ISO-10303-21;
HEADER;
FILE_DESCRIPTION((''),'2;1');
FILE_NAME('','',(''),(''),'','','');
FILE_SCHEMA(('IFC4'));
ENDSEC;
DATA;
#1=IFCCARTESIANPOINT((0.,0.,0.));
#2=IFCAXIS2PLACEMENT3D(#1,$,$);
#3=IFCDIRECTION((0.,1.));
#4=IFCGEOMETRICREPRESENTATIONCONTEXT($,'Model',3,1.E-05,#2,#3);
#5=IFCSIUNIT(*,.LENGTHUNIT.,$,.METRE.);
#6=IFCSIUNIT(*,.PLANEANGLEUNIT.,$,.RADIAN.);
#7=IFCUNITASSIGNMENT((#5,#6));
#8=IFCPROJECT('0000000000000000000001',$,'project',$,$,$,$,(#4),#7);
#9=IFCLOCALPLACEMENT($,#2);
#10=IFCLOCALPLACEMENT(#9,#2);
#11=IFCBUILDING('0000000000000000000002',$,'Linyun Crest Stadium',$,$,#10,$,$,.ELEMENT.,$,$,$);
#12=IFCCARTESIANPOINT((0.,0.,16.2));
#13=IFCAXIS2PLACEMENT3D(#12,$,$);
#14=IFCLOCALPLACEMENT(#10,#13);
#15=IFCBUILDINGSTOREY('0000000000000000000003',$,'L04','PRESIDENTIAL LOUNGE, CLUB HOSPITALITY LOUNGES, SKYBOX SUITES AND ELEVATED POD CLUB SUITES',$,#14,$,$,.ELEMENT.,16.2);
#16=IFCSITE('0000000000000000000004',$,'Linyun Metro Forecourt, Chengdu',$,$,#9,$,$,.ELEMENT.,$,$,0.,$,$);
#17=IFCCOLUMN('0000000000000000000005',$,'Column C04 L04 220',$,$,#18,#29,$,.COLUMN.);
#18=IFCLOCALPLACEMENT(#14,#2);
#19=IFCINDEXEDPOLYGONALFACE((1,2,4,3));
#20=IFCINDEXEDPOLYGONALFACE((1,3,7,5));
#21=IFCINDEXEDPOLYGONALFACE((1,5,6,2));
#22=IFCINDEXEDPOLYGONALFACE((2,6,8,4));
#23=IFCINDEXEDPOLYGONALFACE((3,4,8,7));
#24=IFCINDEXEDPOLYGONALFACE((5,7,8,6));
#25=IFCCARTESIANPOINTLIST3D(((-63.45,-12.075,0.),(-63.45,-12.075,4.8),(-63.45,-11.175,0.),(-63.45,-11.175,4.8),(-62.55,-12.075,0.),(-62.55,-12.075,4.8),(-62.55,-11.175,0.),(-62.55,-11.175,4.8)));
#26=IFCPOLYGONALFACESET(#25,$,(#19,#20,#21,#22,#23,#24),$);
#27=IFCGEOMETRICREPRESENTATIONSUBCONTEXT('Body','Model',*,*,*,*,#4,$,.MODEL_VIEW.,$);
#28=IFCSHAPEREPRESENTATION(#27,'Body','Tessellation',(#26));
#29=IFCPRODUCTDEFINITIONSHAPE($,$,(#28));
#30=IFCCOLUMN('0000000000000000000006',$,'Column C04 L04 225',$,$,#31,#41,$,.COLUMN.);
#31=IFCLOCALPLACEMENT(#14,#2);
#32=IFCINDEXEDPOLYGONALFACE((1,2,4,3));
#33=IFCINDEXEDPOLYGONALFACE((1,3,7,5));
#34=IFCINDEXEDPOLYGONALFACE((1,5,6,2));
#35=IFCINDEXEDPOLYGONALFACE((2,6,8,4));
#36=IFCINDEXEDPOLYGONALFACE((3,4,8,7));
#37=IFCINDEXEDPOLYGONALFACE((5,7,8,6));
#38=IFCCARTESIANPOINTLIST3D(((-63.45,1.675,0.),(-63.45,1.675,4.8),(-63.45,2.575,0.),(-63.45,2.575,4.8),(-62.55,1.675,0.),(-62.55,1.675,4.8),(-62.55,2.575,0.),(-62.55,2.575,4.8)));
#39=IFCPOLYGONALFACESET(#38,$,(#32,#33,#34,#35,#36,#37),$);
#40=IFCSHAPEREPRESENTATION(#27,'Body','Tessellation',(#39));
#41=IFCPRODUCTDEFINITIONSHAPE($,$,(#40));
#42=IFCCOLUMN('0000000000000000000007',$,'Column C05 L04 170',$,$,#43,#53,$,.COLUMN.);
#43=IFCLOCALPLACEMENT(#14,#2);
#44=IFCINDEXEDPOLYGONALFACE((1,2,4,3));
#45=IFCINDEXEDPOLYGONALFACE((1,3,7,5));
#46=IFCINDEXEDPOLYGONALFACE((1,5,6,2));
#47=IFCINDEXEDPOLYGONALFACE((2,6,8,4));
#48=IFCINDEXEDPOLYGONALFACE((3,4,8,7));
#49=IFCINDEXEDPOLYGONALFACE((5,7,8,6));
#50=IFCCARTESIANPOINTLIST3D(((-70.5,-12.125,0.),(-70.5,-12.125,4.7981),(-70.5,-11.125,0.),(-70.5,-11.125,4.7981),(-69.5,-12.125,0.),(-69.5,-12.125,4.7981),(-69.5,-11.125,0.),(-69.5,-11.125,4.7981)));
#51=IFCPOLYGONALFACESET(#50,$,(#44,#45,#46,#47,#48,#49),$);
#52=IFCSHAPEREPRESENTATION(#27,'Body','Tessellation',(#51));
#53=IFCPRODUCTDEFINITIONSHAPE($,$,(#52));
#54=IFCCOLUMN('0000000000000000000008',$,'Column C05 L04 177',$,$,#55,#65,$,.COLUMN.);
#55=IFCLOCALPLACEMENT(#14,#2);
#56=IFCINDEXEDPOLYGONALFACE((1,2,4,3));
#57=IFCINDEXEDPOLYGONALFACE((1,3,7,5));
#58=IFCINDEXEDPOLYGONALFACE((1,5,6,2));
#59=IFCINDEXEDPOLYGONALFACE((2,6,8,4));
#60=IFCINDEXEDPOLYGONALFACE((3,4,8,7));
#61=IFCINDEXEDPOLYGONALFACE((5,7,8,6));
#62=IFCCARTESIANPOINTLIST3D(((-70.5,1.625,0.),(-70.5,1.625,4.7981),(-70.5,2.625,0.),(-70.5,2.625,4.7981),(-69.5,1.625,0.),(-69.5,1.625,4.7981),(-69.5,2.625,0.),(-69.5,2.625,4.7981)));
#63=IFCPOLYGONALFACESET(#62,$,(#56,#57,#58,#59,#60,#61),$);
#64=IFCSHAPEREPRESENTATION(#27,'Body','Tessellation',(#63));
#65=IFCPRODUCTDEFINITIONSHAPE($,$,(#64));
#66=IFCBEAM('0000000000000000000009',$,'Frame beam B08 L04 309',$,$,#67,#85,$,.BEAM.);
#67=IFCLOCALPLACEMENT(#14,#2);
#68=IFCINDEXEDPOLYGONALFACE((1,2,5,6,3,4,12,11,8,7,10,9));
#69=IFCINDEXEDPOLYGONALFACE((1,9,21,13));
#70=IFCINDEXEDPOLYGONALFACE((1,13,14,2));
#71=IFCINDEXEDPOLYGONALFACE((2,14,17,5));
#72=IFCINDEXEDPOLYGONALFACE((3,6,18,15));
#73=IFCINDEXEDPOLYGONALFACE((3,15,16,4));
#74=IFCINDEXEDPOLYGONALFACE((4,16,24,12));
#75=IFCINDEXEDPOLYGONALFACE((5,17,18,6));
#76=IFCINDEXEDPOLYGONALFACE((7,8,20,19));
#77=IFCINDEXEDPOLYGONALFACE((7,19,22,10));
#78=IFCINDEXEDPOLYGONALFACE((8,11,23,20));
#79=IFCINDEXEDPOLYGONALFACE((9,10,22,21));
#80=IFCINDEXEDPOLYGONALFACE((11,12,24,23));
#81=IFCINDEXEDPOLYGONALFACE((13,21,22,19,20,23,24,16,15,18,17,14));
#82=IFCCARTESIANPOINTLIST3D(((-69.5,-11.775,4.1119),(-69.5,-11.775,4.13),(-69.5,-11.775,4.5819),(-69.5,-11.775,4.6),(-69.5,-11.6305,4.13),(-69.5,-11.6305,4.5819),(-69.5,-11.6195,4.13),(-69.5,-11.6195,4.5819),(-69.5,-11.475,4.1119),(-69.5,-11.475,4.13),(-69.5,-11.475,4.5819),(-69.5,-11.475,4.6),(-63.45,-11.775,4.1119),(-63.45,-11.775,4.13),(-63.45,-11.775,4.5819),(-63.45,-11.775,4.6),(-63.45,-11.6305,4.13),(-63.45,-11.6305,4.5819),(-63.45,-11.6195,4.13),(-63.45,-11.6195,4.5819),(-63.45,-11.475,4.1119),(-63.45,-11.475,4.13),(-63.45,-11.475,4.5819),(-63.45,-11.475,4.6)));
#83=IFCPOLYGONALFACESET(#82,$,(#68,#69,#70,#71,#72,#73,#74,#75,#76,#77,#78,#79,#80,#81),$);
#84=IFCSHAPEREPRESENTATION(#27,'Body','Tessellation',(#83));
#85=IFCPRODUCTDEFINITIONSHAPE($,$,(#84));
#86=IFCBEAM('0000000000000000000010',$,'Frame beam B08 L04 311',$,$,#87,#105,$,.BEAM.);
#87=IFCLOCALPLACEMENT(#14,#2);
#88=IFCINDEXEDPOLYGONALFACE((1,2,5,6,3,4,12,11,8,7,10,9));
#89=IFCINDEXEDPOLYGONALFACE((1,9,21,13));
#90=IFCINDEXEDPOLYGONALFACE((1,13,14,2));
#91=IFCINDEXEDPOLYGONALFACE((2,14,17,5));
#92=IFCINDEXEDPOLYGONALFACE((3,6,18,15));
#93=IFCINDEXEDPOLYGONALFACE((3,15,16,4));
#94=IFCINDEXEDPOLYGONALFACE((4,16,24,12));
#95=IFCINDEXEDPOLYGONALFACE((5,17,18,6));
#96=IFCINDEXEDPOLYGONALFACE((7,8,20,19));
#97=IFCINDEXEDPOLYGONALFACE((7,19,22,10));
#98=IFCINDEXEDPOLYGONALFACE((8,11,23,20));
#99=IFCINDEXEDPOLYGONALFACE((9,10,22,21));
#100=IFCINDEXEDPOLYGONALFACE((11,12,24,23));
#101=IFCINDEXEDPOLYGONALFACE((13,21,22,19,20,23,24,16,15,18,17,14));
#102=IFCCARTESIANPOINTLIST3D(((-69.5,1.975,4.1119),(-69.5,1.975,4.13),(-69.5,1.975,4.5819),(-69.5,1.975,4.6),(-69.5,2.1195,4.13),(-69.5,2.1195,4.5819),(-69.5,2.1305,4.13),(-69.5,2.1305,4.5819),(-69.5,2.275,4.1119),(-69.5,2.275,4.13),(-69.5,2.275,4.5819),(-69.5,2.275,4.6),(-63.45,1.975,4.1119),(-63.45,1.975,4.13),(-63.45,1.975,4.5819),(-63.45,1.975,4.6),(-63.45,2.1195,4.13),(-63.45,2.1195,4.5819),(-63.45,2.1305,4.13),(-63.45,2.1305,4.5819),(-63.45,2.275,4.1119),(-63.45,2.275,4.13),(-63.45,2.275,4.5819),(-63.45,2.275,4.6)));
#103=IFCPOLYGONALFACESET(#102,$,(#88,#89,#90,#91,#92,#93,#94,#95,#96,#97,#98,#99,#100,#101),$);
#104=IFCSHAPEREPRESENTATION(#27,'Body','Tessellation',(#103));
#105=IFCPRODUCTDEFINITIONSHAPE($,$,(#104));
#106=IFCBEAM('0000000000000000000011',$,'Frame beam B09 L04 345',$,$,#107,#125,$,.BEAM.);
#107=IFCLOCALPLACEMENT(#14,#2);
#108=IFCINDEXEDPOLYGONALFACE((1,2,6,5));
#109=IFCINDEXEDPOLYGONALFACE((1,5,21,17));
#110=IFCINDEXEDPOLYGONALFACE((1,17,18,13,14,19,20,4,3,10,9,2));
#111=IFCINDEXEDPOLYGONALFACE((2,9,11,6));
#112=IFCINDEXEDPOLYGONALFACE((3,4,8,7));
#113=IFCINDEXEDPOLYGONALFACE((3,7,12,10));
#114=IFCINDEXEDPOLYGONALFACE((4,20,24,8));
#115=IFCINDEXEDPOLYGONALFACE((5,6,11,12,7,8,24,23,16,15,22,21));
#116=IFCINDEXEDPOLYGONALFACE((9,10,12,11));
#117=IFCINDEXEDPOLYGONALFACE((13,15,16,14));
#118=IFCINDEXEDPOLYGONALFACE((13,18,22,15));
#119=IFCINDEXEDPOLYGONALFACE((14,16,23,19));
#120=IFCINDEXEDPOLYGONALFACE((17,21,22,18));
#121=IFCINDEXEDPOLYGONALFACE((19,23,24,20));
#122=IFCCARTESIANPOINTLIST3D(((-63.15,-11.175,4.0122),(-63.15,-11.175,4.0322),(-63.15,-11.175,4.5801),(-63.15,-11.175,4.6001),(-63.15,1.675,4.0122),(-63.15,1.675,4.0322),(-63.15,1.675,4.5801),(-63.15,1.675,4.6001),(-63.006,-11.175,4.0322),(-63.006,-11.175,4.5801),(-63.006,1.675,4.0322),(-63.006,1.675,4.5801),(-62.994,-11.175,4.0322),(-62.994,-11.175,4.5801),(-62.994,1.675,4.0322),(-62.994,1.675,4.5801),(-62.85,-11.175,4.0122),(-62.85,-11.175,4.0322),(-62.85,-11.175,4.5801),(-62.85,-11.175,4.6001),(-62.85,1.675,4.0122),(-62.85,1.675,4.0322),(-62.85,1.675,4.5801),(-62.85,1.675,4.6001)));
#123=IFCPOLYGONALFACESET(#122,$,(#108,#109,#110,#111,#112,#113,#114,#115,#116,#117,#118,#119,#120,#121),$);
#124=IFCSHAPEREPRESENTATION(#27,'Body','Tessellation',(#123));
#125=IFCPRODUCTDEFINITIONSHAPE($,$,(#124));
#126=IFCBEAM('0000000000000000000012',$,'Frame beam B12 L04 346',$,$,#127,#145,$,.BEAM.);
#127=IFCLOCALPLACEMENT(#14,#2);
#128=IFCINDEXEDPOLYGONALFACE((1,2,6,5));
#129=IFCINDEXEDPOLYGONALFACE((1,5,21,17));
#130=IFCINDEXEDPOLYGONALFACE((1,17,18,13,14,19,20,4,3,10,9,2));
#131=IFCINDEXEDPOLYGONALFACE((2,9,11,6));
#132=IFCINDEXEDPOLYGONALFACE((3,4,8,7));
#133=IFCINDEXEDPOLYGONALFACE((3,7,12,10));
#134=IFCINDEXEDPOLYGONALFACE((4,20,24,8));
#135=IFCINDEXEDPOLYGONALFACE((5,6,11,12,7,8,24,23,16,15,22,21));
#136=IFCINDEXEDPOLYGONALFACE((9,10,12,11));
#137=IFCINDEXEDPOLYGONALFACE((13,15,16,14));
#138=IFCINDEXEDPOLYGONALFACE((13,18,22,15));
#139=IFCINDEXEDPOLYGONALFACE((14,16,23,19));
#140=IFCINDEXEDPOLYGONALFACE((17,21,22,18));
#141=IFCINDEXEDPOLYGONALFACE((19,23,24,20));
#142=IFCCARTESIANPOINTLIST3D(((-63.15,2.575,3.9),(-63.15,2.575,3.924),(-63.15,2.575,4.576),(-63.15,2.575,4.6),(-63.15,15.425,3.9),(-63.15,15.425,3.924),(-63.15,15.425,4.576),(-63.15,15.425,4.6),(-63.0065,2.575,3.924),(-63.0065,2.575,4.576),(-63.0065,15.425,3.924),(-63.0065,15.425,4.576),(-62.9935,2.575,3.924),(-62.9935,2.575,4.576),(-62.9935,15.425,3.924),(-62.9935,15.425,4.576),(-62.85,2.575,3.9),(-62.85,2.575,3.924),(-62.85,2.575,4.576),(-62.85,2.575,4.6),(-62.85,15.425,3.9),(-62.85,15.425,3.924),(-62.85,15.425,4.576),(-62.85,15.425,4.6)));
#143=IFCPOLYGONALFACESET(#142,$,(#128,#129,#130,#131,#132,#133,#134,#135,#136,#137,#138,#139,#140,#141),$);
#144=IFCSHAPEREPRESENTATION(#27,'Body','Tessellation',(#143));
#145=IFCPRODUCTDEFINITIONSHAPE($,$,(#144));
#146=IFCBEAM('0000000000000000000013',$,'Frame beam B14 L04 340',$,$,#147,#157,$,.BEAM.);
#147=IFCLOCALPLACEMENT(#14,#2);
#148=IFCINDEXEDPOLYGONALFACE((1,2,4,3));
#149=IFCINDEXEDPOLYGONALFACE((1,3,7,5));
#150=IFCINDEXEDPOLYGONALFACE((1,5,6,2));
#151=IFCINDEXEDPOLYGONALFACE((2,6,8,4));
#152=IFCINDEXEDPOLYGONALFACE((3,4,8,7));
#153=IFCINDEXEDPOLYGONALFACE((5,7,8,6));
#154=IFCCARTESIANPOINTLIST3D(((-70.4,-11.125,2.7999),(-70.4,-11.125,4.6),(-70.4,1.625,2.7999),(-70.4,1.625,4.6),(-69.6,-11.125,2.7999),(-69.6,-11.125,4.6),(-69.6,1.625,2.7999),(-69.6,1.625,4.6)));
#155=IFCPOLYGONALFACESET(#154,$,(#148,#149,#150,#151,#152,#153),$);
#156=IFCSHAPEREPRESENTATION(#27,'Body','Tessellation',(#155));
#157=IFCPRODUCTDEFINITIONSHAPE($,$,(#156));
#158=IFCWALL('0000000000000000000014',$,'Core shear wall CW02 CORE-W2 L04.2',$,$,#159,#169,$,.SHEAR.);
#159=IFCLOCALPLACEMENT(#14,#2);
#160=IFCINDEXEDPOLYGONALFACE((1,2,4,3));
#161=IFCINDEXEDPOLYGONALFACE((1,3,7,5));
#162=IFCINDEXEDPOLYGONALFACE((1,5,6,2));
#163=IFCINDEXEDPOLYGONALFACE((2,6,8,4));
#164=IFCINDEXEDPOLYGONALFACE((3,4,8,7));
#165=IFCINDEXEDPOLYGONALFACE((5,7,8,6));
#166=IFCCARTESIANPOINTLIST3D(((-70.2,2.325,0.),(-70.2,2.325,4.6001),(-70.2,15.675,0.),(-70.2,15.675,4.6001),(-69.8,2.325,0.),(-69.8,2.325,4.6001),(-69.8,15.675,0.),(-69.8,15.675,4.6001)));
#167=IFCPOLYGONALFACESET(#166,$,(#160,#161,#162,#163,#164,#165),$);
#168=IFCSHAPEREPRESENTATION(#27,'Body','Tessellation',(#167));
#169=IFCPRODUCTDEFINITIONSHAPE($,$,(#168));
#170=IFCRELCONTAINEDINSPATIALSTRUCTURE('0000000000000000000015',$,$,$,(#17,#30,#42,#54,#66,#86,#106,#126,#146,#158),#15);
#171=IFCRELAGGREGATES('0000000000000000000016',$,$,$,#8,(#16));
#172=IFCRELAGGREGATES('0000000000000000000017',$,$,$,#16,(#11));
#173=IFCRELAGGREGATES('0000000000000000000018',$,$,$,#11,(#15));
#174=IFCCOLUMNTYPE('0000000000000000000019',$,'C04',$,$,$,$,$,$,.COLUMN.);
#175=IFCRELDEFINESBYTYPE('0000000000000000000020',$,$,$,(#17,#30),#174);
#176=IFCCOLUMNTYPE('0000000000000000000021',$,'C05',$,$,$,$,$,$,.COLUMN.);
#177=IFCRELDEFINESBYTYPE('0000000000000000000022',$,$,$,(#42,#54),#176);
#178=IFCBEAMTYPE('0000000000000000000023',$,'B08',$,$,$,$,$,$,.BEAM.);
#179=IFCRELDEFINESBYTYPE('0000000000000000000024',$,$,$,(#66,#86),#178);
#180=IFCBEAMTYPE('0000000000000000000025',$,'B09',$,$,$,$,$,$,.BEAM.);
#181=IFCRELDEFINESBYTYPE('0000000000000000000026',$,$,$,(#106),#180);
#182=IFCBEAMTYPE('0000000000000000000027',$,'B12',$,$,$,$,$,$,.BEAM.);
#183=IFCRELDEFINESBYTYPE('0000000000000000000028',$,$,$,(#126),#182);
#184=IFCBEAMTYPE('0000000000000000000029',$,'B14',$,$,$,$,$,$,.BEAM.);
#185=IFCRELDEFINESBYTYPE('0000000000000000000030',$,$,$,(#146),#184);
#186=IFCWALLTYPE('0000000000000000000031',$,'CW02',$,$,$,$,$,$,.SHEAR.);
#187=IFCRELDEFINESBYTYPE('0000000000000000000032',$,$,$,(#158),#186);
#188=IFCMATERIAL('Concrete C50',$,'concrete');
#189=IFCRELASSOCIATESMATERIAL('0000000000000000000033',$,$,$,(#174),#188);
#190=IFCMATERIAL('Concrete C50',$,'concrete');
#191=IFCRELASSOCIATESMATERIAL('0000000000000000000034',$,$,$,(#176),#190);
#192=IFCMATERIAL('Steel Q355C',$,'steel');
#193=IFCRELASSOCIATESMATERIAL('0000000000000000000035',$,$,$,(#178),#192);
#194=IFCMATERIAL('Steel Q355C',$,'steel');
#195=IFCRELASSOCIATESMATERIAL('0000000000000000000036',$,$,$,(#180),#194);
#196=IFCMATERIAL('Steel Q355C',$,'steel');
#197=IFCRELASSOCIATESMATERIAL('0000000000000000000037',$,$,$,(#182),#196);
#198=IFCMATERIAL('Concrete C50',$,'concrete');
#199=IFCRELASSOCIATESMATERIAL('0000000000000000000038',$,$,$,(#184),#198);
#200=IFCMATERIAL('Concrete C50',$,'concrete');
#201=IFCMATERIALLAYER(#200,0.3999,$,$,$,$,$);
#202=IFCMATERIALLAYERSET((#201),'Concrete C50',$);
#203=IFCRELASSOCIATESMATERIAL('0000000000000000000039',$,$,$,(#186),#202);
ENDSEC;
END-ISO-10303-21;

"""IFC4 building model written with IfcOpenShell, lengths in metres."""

from ifc_helpers import new_model, si_unit, direction, frame, frame_2d, origin, origin_2d, place, context, subcontext, project, spatial, rectangle, i_section, extrude, material, layer, layer_set, material_profile, profile_set, type_object, element, save


model = new_model("IFC4")

# Units and contexts
model_context = context("Model", 3, precision=1e-05, world=origin(), true_north=direction((0.0, 1.0)))
body_context = subcontext(model_context, "Body", "Model", "MODEL_VIEW")
ifc_project = project(units=[si_unit("LENGTHUNIT", "METRE"), si_unit("PLANEANGLEUNIT", "RADIAN")], contexts=[model_context])

# Site, building, storey
site_placement = place(None, origin())
site = spatial("IfcSite", under=ifc_project, at=site_placement, Name="Linyun Metro Forecourt, Chengdu", CompositionType="ELEMENT", RefElevation=0.0)
building_placement = place(site_placement, origin())
building = spatial("IfcBuilding", under=site, at=building_placement, Name="Linyun Crest Stadium", CompositionType="ELEMENT")
storey_placement = place(building_placement, frame((0.0, 0.0, 16.2)))
storey = spatial("IfcBuildingStorey", under=building, at=storey_placement, Name="L04", Description="PRESIDENTIAL LOUNGE, CLUB HOSPITALITY LOUNGES, SKYBOX SUITES AND ELEVATED POD CLUB SUITES", CompositionType="ELEMENT", Elevation=16.2)

# Columns
ifc_material_1 = material(Name="Concrete C50", Category="concrete")
ifc_material_profile_1 = material_profile(ifc_material_1, rectangle(XDim=0.8999, YDim=0.8999, at=origin_2d()), Name="RC 900x900")
ifc_profile_set_1 = profile_set([ifc_material_profile_1], Name="Concrete C50")
column_type_1 = type_object("IfcColumnType", Name="C04", PredefinedType="COLUMN", material=ifc_profile_set_1)
for number, where, z_axis, x_axis, name in (
    (1, (-63.0, -11.625, 0.0), (0.0, 0.0, 1.0), (1.0, 0.0, 0.0), "Column C04 L04 220"),
    (2, (-63.0, 2.125, 0.0), (0.0, 0.0, 1.0), (1.0, 0.0, 0.0), "Column C04 L04 225"),
):
    element("IfcColumn", number, at=place(storey_placement, frame(where, z_axis=z_axis, x_axis=x_axis)), inside=storey, type_object=column_type_1, Name=name, PredefinedType="COLUMN", context=body_context, shape_type="SweptSolid", body=[
        extrude(rectangle(XDim=0.8999, YDim=0.8999, at=origin_2d()), origin(), (0.0, 0.0, 1.0), 4.8),
    ])
ifc_material_2 = material(Name="Concrete C50", Category="concrete")
ifc_material_profile_2 = material_profile(ifc_material_2, rectangle(XDim=1.0, YDim=1.0, at=origin_2d()), Name="RC 1000x1000")
ifc_profile_set_2 = profile_set([ifc_material_profile_2], Name="Concrete C50")
column_type_2 = type_object("IfcColumnType", Name="C05", PredefinedType="COLUMN", material=ifc_profile_set_2)
for number, where, z_axis, x_axis, name in (
    (3, (-70.0, -11.625, 0.0), (0.0, 0.0, 1.0), (1.0, 0.0, 0.0), "Column C05 L04 170"),
    (4, (-70.0, 2.125, 0.0), (0.0, 0.0, 1.0), (1.0, 0.0, 0.0), "Column C05 L04 177"),
):
    element("IfcColumn", number, at=place(storey_placement, frame(where, z_axis=z_axis, x_axis=x_axis)), inside=storey, type_object=column_type_2, Name=name, PredefinedType="COLUMN", context=body_context, shape_type="SweptSolid", body=[
        extrude(rectangle(XDim=1.0, YDim=1.0, at=origin_2d()), origin(), (0.0, 0.0, 1.0), 4.7981),
    ])

# Beams
ifc_material_3 = material(Name="Steel Q355C", Category="steel")
ifc_material_profile_3 = material_profile(ifc_material_3, i_section(OverallWidth=0.3, OverallDepth=0.488, WebThickness=0.011, FlangeThickness=0.0181, at=origin_2d()), Name="HM 488x300")
ifc_profile_set_3 = profile_set([ifc_material_profile_3], Name="Steel Q355C")
beam_type_1 = type_object("IfcBeamType", Name="B08", PredefinedType="BEAM", material=ifc_profile_set_3)
for number, where, z_axis, x_axis, name in (
    (5, (-69.5, -11.625, 4.356), (1.0, 0.0, 0.0), (0.0, 1.0, 0.0), "Frame beam B08 L04 309"),
    (6, (-69.5, 2.125, 4.356), (1.0, 0.0, 0.0), (0.0, 1.0, 0.0), "Frame beam B08 L04 311"),
):
    element("IfcBeam", number, at=place(storey_placement, frame(where, z_axis=z_axis, x_axis=x_axis)), inside=storey, type_object=beam_type_1, Name=name, PredefinedType="BEAM", context=body_context, shape_type="SweptSolid", body=[
        extrude(i_section(OverallWidth=0.3, OverallDepth=0.488, WebThickness=0.011, FlangeThickness=0.0181, at=origin_2d()), origin(), (0.0, 0.0, 1.0), 6.05),
    ])
ifc_material_4 = material(Name="Steel Q355C", Category="steel")
ifc_material_profile_4 = material_profile(ifc_material_4, i_section(OverallWidth=0.3, OverallDepth=0.5879, WebThickness=0.012, FlangeThickness=0.02, at=origin_2d()), Name="HM 588x300")
ifc_profile_set_4 = profile_set([ifc_material_profile_4], Name="Steel Q355C")
beam_type_2 = type_object("IfcBeamType", Name="B09", PredefinedType="BEAM", material=ifc_profile_set_4)
beam_1_placement = place(storey_placement, frame((-63.0, -11.175, 4.3062), z_axis=(0.0, 1.0, 0.0), x_axis=(-1.0, 0.0, 0.0)))
element("IfcBeam", 7, at=beam_1_placement, inside=storey, type_object=beam_type_2, Name="Frame beam B09 L04 345", PredefinedType="BEAM", context=body_context, shape_type="SweptSolid", body=[
    extrude(i_section(OverallWidth=0.3, OverallDepth=0.5879, WebThickness=0.012, FlangeThickness=0.02, at=origin_2d()), origin(), (0.0, 0.0, 1.0), 12.8501),
])
ifc_material_5 = material(Name="Steel Q355C", Category="steel")
ifc_material_profile_5 = material_profile(ifc_material_5, i_section(OverallWidth=0.3, OverallDepth=0.7, WebThickness=0.0129, FlangeThickness=0.0239, at=origin_2d()), Name="HN 700x300")
ifc_profile_set_5 = profile_set([ifc_material_profile_5], Name="Steel Q355C")
beam_type_3 = type_object("IfcBeamType", Name="B12", PredefinedType="BEAM", material=ifc_profile_set_5)
beam_2_placement = place(storey_placement, frame((-63.0, 2.575, 4.25), z_axis=(0.0, 1.0, 0.0), x_axis=(-1.0, 0.0, 0.0)))
element("IfcBeam", 8, at=beam_2_placement, inside=storey, type_object=beam_type_3, Name="Frame beam B12 L04 346", PredefinedType="BEAM", context=body_context, shape_type="SweptSolid", body=[
    extrude(i_section(OverallWidth=0.3, OverallDepth=0.7, WebThickness=0.0129, FlangeThickness=0.0239, at=origin_2d()), origin(), (0.0, 0.0, 1.0), 12.8501),
])
ifc_material_6 = material(Name="Concrete C50", Category="concrete")
ifc_material_profile_6 = material_profile(ifc_material_6, rectangle(XDim=0.8, YDim=1.8, at=origin_2d()), Name="RCB 1800x800")
ifc_profile_set_6 = profile_set([ifc_material_profile_6], Name="Concrete C50")
beam_type_4 = type_object("IfcBeamType", Name="B14", PredefinedType="BEAM", material=ifc_profile_set_6)
beam_3_placement = place(storey_placement, frame((-70.0, -11.125, 3.7), z_axis=(0.0, 1.0, 0.0), x_axis=(-1.0, 0.0, 0.0)))
element("IfcBeam", 9, at=beam_3_placement, inside=storey, type_object=beam_type_4, Name="Frame beam B14 L04 340", PredefinedType="BEAM", context=body_context, shape_type="SweptSolid", body=[
    extrude(rectangle(XDim=0.8, YDim=1.8, at=origin_2d()), origin(), (0.0, 0.0, 1.0), 12.75),
])

# Wall
ifc_material_7 = material(Name="Concrete C50", Category="concrete")
ifc_layer_1 = layer(ifc_material_7, 0.3999)
ifc_layer_set_1 = layer_set([ifc_layer_1], Name="Concrete C50")
wall_type_1 = type_object("IfcWallType", Name="CW02", PredefinedType="SHEAR", material=ifc_layer_set_1)
wall_1_placement = place(storey_placement, frame((-70.0, 2.325, 0.0), z_axis=(0.0, 0.0, 1.0), x_axis=(0.0, 1.0, 0.0)))
element("IfcWall", 10, at=wall_1_placement, inside=storey, type_object=wall_type_1, Name="Core shear wall CW02 CORE-W2 L04.2", PredefinedType="SHEAR", context=body_context, shape_type="SweptSolid", body=[
    extrude(rectangle(XDim=13.3501, YDim=0.3999, at=frame_2d((6.675, 0.0))), origin(), (0.0, 0.0, 1.0), 4.6001),
])

save(model, "model.ifc")
